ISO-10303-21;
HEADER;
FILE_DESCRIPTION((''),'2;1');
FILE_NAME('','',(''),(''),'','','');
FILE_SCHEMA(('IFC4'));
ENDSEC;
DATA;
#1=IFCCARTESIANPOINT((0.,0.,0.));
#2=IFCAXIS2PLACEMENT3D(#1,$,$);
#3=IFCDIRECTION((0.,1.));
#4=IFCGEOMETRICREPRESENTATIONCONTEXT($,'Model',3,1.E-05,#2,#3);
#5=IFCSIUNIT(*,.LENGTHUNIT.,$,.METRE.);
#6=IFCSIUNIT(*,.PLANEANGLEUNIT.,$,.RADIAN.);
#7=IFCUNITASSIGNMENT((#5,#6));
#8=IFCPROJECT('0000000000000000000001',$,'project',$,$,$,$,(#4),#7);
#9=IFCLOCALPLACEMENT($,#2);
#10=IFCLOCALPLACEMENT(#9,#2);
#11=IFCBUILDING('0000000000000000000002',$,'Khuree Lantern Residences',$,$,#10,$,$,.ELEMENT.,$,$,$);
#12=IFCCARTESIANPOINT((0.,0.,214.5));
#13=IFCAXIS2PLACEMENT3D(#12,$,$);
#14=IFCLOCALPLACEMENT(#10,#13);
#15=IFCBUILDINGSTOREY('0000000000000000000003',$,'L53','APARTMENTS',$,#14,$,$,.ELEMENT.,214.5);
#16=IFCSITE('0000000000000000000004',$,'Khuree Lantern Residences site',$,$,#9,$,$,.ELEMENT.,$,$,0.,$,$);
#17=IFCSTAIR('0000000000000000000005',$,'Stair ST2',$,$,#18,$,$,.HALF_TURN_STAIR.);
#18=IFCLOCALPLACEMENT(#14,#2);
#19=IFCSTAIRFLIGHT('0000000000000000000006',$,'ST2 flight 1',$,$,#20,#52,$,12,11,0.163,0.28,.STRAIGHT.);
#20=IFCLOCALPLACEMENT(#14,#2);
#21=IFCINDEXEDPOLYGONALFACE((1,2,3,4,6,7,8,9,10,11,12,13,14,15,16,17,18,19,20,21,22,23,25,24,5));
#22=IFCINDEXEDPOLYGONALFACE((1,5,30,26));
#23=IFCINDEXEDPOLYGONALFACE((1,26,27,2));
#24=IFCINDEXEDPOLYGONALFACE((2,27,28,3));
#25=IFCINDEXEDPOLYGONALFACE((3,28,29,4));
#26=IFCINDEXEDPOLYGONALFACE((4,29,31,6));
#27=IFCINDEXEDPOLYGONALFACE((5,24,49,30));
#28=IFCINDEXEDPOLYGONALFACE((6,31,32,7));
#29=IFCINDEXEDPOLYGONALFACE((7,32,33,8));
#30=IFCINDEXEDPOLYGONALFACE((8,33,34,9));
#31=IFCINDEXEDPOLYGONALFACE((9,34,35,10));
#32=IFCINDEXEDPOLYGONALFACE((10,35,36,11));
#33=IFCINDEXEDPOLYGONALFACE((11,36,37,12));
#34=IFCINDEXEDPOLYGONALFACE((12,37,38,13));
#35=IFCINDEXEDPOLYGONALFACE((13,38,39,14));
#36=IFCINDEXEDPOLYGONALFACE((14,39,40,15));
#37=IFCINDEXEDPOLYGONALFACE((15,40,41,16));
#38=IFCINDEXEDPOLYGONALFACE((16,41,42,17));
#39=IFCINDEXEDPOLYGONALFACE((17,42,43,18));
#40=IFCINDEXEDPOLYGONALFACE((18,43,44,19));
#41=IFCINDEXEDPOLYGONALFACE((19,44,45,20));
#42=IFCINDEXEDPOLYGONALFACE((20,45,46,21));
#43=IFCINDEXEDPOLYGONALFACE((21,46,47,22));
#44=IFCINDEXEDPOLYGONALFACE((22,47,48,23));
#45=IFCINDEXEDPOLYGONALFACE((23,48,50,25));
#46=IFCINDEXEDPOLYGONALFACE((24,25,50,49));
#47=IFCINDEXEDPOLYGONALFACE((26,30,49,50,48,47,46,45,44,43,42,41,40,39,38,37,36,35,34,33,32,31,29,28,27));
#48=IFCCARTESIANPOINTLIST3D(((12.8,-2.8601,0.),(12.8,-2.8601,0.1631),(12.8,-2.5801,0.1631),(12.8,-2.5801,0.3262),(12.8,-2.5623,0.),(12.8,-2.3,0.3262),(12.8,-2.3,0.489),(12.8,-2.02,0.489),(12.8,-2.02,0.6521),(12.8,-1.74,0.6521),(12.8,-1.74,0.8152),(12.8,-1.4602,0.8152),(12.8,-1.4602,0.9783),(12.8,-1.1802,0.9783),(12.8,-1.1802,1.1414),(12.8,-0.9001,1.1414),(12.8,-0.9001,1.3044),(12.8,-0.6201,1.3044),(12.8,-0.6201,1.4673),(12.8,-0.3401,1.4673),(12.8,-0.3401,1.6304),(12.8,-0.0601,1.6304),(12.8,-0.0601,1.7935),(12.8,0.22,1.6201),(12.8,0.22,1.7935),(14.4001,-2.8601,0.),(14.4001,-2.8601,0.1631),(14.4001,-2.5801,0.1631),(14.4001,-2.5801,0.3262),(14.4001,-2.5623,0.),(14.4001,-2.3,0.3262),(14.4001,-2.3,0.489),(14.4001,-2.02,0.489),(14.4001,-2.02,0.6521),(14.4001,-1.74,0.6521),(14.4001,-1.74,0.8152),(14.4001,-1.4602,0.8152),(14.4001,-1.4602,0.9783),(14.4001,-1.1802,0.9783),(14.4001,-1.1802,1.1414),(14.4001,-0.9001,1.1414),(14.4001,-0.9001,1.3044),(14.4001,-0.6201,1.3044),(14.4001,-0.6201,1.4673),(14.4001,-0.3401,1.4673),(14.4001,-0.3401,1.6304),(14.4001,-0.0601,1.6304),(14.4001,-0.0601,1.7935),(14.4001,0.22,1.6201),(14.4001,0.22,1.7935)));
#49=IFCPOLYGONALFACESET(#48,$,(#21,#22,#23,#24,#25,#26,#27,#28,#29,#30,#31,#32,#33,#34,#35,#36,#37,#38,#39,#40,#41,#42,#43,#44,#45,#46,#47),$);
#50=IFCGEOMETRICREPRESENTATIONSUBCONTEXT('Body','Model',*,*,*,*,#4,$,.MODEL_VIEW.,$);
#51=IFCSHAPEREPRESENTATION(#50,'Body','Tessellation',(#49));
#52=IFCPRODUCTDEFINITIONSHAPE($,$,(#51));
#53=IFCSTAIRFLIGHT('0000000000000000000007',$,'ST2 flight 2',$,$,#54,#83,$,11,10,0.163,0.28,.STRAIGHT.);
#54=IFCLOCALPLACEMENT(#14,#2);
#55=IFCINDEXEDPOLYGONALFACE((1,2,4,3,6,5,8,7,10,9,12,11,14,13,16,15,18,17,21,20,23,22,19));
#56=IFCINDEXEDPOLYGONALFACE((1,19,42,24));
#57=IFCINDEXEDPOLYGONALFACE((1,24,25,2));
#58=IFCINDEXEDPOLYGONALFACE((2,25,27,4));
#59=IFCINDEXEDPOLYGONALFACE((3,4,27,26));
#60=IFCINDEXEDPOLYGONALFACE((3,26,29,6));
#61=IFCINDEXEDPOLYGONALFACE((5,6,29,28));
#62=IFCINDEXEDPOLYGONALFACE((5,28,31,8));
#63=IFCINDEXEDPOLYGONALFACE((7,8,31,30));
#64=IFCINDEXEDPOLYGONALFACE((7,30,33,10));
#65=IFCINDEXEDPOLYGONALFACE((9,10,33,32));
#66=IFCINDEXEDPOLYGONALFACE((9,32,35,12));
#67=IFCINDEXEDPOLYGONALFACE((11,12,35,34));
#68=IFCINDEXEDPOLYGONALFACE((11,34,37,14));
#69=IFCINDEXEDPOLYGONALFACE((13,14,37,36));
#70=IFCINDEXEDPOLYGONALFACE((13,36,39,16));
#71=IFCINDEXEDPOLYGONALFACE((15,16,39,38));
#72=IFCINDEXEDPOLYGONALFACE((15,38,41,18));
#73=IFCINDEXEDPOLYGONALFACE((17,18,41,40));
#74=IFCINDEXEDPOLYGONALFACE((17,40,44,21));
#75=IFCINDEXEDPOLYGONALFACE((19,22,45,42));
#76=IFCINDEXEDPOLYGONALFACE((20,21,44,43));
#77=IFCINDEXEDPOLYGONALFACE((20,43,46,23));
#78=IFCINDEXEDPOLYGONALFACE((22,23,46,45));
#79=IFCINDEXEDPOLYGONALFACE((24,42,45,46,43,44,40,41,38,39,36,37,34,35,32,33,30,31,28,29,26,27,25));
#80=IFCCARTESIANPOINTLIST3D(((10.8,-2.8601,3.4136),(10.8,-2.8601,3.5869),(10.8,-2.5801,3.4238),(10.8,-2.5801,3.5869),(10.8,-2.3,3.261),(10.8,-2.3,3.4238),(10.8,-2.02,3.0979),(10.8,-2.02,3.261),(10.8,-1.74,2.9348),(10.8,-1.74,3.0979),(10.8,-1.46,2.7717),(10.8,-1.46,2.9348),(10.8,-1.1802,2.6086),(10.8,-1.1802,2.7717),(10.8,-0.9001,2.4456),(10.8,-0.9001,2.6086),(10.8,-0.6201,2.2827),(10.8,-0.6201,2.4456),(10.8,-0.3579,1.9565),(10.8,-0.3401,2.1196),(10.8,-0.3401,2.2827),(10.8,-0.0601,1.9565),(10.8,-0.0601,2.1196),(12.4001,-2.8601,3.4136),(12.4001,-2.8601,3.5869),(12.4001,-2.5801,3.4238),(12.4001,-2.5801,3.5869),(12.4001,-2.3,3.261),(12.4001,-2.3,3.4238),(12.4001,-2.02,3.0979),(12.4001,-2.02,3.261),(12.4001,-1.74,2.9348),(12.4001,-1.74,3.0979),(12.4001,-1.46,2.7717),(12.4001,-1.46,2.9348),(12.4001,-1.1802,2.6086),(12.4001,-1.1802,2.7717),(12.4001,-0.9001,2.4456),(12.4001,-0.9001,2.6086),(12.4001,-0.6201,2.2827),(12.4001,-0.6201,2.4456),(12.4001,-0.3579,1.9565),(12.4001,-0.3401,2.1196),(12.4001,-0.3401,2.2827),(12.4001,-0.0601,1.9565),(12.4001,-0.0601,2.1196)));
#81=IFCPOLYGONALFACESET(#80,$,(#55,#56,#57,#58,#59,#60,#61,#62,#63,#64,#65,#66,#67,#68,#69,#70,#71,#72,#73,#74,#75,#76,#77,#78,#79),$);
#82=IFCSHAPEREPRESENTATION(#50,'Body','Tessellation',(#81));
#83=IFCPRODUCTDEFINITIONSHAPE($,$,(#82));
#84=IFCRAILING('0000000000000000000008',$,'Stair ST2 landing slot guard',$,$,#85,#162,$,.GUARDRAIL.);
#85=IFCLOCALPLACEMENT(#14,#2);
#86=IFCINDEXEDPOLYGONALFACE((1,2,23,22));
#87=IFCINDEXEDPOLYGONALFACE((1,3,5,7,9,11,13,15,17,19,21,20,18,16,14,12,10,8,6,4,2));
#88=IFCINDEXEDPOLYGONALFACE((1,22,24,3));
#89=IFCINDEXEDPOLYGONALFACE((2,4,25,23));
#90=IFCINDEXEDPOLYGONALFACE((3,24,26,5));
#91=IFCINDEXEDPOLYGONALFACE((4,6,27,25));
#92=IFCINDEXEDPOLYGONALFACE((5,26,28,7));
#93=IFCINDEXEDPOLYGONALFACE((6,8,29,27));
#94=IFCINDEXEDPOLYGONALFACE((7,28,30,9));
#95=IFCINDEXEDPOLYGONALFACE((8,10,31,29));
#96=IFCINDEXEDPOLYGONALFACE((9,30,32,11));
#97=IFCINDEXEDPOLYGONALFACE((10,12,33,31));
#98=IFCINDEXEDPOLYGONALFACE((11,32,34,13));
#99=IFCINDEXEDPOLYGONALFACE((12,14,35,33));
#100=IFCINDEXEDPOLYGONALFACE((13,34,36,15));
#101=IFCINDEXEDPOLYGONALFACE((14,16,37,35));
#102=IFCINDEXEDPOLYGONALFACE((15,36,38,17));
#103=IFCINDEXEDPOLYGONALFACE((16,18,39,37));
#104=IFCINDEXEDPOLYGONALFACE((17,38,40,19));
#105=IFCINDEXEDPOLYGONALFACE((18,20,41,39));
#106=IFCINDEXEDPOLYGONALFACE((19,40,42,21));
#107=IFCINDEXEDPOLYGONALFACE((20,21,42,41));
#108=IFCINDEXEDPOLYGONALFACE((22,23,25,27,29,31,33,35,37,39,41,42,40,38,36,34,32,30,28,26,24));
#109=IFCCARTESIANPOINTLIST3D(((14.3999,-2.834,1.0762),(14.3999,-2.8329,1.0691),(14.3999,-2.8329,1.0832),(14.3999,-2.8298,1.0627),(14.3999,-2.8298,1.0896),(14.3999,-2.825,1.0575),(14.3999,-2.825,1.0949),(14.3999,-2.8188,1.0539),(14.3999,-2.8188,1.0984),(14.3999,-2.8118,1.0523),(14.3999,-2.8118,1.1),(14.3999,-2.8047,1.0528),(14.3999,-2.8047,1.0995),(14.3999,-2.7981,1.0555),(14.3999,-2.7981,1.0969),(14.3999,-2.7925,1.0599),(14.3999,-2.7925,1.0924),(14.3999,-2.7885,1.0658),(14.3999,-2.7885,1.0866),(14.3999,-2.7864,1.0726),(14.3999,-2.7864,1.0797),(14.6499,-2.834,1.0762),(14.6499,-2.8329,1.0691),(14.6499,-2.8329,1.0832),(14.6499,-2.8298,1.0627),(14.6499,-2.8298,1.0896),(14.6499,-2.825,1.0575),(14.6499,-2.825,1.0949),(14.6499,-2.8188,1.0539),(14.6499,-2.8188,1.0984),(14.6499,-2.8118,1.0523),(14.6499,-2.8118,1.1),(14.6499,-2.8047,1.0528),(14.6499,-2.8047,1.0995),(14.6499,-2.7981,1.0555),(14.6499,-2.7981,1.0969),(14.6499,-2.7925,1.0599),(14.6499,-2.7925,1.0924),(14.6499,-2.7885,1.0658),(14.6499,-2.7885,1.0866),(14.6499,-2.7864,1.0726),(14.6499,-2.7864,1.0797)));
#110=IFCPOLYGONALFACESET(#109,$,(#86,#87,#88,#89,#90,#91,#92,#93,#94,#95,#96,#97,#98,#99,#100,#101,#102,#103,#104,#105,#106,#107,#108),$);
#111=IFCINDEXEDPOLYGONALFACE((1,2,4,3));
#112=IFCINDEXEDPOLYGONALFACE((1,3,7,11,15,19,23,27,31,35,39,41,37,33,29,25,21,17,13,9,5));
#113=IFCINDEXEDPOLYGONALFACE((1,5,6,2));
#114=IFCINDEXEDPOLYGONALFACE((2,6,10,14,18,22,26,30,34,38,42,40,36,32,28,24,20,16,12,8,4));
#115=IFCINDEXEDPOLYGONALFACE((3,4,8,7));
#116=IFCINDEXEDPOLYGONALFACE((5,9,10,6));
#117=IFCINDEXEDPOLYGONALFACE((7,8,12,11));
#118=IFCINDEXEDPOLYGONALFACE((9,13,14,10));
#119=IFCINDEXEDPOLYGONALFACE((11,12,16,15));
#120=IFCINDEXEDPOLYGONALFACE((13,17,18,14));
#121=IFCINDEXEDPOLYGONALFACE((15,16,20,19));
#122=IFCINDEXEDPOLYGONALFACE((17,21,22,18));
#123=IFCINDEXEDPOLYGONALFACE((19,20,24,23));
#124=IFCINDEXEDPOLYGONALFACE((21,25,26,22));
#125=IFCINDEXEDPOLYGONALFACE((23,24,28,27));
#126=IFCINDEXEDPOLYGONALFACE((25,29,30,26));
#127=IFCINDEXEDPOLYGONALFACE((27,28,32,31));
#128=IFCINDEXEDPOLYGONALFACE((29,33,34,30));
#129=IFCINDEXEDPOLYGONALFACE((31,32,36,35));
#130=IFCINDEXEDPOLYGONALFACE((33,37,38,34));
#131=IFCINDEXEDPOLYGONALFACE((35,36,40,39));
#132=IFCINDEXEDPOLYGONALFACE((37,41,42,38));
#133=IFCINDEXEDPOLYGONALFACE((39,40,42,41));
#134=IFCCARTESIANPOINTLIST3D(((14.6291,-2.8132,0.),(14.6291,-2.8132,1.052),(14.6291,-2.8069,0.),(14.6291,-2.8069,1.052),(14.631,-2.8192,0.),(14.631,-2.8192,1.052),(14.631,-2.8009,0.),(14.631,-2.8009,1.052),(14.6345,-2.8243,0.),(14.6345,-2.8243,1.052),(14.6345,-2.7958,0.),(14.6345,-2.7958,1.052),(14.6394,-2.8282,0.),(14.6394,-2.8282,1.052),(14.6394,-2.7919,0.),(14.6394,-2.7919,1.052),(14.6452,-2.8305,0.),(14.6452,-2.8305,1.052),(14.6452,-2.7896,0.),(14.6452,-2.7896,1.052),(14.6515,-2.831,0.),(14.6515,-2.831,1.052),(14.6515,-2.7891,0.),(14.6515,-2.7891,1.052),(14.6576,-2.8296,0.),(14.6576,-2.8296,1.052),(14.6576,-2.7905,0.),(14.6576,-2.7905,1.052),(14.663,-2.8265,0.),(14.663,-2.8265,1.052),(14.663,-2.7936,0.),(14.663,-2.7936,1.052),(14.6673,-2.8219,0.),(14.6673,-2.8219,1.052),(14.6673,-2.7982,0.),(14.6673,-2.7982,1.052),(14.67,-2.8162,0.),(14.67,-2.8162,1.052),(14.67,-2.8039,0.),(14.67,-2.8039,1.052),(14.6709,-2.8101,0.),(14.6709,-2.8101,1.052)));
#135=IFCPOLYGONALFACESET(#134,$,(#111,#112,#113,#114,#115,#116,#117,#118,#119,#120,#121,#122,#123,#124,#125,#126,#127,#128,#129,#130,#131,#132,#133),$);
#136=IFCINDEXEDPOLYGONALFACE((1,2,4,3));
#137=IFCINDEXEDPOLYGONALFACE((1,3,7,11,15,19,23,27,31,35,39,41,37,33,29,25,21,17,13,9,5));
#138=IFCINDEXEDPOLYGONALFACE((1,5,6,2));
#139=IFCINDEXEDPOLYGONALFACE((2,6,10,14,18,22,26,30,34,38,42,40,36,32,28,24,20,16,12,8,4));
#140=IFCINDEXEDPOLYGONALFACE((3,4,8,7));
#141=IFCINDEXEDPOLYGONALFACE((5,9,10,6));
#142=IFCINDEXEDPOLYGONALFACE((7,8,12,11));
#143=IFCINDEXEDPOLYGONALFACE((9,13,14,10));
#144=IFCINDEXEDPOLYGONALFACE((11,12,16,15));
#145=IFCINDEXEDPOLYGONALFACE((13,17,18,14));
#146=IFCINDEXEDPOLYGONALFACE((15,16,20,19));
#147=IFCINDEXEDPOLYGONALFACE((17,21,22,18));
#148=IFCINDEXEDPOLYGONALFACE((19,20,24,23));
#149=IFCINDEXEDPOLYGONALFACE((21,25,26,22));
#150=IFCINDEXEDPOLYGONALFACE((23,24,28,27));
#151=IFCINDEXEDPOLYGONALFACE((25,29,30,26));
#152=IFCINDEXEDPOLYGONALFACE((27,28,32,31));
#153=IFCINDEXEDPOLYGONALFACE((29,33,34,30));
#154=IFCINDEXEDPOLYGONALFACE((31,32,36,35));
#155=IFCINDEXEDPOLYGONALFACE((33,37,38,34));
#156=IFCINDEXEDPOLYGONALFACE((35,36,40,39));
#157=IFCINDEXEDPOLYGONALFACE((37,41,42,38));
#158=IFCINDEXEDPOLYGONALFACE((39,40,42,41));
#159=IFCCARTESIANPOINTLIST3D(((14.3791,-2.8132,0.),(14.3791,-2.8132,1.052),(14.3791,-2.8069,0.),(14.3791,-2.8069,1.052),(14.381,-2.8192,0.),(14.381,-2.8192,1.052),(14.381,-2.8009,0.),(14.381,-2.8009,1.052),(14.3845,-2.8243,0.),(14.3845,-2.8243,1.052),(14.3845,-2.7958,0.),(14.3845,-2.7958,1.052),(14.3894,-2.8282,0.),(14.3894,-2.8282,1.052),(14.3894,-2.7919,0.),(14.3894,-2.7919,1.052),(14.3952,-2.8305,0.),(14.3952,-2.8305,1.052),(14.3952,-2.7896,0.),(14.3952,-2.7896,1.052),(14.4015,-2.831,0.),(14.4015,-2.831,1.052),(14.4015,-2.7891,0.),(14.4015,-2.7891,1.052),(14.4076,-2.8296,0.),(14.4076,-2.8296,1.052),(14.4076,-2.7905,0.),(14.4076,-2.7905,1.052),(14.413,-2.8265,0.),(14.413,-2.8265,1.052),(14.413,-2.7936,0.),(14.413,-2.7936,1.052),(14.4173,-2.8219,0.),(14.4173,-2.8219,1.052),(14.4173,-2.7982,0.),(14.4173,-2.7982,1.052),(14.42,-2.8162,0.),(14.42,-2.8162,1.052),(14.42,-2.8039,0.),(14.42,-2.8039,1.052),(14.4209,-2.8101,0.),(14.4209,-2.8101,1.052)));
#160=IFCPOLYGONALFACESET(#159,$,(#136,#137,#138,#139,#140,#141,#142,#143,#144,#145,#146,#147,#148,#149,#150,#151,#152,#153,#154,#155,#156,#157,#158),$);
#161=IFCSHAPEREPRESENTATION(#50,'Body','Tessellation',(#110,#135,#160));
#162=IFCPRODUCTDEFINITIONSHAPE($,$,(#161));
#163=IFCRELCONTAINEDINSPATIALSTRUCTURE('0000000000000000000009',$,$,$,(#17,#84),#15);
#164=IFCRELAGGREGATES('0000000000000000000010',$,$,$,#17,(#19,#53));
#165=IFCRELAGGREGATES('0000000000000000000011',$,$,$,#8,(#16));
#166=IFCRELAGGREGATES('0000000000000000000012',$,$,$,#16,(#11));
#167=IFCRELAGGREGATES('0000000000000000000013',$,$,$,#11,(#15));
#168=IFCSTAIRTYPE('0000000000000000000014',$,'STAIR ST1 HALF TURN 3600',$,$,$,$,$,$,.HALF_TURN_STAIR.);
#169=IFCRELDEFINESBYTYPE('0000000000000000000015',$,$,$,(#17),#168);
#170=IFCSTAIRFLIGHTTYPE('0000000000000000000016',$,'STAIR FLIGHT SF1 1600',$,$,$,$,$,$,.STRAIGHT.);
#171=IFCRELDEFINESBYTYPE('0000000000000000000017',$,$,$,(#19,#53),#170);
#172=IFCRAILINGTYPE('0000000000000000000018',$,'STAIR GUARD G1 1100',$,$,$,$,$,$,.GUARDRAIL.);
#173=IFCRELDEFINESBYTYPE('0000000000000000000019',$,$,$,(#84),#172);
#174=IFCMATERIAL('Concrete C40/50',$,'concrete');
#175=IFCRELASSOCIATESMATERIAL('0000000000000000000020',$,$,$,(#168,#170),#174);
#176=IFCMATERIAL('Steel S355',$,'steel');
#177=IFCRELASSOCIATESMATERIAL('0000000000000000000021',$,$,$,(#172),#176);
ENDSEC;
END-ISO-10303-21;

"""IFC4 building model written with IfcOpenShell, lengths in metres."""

from ifc_helpers import new_model, si_unit, direction, frame, origin, origin_2d, place, context, subcontext, project, spatial, polyline, circle, outline, extrude, material, type_object, element, aggregate, save


model = new_model("IFC4")

# Units and contexts
model_context = context("Model", 3, precision=1e-05, world=origin(), true_north=direction((0.0, 1.0)))
body_context = subcontext(model_context, "Body", "Model", "MODEL_VIEW")
ifc_project = project(units=[si_unit("LENGTHUNIT", "METRE"), si_unit("PLANEANGLEUNIT", "RADIAN")], contexts=[model_context])

# Site, building, storey
site_placement = place(None, origin())
site = spatial("IfcSite", under=ifc_project, at=site_placement, Name="Khuree Lantern Residences site", CompositionType="ELEMENT", RefElevation=0.0)
building_placement = place(site_placement, origin())
building = spatial("IfcBuilding", under=site, at=building_placement, Name="Khuree Lantern Residences", CompositionType="ELEMENT")
storey_placement = place(building_placement, frame((0.0, 0.0, 214.5)))
storey = spatial("IfcBuildingStorey", under=building, at=storey_placement, Name="L53", Description="APARTMENTS", CompositionType="ELEMENT", Elevation=214.5)

# Stair, stair flights
ifc_material_1 = material(Name="Concrete C40/50", Category="concrete")
stair_type = type_object("IfcStairType", Name="STAIR ST1 HALF TURN 3600", PredefinedType="HALF_TURN_STAIR", material=ifc_material_1)
stair_placement = place(storey_placement, origin())
stair = element("IfcStair", 1, at=stair_placement, inside=storey, type_object=stair_type, Name="Stair ST2", PredefinedType="HALF_TURN_STAIR")
stair_flight_type = type_object("IfcStairFlightType", Name="STAIR FLIGHT SF1 1600", PredefinedType="STRAIGHT", material=ifc_material_1)
stair_flight_1_placement = place(storey_placement, frame((13.6001, -2.8601, 0.0), z_axis=(0.0, 0.0, 1.0), x_axis=(0.0, 1.0, 0.0)))
stair_flight_1 = element("IfcStairFlight", 2, at=stair_flight_1_placement, type_object=stair_flight_type, Name="ST2 flight 1", NumberOfRisers=12, NumberOfTreads=11, PredefinedType="STRAIGHT", RiserHeight=0.163, TreadLength=0.28, context=body_context, shape_type="SweptSolid", body=[
    extrude(outline(polyline([(0.0, 0.0), (0.0, 0.1631), (0.28, 0.1631), (0.28, 0.3262), (0.5601, 0.3262), (0.5601, 0.489), (0.8401, 0.489), (0.8401, 0.6521), (1.1201, 0.6521), (1.1201, 0.8152), (1.3999, 0.8152), (1.3999, 0.9783), (1.6799, 0.9783), (1.6799, 1.1414), (1.96, 1.1414), (1.96, 1.3044), (2.24, 1.3044), (2.24, 1.4673), (2.52, 1.4673), (2.52, 1.6304), (2.8, 1.6304), (2.8, 1.7935), (3.0801, 1.7935), (3.0801, 1.9565), (3.0801, 1.6201), (0.2979, 0.0), (0.0, 0.0)])), frame((0.0, 0.8, 0.0), z_axis=(0.0, -1.0, 0.0), x_axis=(1.0, 0.0, 0.0)), (0.0, 0.0, 1.0), 1.6001),
])
stair_flight_2_placement = place(storey_placement, frame((11.6001, -0.0601, 1.9565), z_axis=(0.0, 0.0, 1.0), x_axis=(0.0, -1.0, 0.0)))
stair_flight_2 = element("IfcStairFlight", 3, at=stair_flight_2_placement, type_object=stair_flight_type, Name="ST2 flight 2", NumberOfRisers=11, NumberOfTreads=10, PredefinedType="STRAIGHT", RiserHeight=0.163, TreadLength=0.28, context=body_context, shape_type="SweptSolid", body=[
    extrude(outline(polyline([(0.0, 0.0), (0.0, 0.1631), (0.28, 0.1631), (0.28, 0.3262), (0.5601, 0.3262), (0.5601, 0.489), (0.8401, 0.489), (0.8401, 0.6521), (1.1201, 0.6521), (1.1201, 0.8152), (1.3999, 0.8152), (1.3999, 0.9783), (1.6799, 0.9783), (1.6799, 1.1414), (1.96, 1.1414), (1.96, 1.3044), (2.24, 1.3044), (2.24, 1.4673), (2.52, 1.4673), (2.52, 1.6304), (2.8, 1.6304), (2.8, 1.7935), (2.8, 1.457), (0.2979, 0.0), (0.0, 0.0)])), frame((0.0, 0.8, 0.0), z_axis=(0.0, -1.0, 0.0), x_axis=(1.0, 0.0, 0.0)), (0.0, 0.0, 1.0), 1.6001),
])
aggregate(stair, [stair_flight_1, stair_flight_2])

# Railing
ifc_material_2 = material(Name="Steel S355", Category="steel")
railing_type_1 = type_object("IfcRailingType", Name="STAIR GUARD G1 1100", PredefinedType="GUARDRAIL", material=ifc_material_2)
railing_1_placement = place(storey_placement, frame((14.6499, -2.8101, 0.0)))
element("IfcRailing", 4, at=railing_1_placement, inside=storey, type_object=railing_type_1, Name="Stair ST2 landing slot guard", PredefinedType="GUARDRAIL", context=body_context, shape_type="SweptSolid", body=[
    extrude(circle(Radius=0.0239, at=origin_2d()), frame((0.0, 0.0, 1.0762), z_axis=(-1.0, 0.0, 0.0), x_axis=(0.0, -1.0, 0.0)), (0.0, 0.0, 1.0), 0.25),
    extrude(circle(Radius=0.021, at=origin_2d()), origin(), (0.0, 0.0, 1.0), 1.052),
    extrude(circle(Radius=0.021, at=origin_2d()), frame((-0.25, 0.0, 0.0)), (0.0, 0.0, 1.0), 1.052),
])

save(model, "model.ifc")
